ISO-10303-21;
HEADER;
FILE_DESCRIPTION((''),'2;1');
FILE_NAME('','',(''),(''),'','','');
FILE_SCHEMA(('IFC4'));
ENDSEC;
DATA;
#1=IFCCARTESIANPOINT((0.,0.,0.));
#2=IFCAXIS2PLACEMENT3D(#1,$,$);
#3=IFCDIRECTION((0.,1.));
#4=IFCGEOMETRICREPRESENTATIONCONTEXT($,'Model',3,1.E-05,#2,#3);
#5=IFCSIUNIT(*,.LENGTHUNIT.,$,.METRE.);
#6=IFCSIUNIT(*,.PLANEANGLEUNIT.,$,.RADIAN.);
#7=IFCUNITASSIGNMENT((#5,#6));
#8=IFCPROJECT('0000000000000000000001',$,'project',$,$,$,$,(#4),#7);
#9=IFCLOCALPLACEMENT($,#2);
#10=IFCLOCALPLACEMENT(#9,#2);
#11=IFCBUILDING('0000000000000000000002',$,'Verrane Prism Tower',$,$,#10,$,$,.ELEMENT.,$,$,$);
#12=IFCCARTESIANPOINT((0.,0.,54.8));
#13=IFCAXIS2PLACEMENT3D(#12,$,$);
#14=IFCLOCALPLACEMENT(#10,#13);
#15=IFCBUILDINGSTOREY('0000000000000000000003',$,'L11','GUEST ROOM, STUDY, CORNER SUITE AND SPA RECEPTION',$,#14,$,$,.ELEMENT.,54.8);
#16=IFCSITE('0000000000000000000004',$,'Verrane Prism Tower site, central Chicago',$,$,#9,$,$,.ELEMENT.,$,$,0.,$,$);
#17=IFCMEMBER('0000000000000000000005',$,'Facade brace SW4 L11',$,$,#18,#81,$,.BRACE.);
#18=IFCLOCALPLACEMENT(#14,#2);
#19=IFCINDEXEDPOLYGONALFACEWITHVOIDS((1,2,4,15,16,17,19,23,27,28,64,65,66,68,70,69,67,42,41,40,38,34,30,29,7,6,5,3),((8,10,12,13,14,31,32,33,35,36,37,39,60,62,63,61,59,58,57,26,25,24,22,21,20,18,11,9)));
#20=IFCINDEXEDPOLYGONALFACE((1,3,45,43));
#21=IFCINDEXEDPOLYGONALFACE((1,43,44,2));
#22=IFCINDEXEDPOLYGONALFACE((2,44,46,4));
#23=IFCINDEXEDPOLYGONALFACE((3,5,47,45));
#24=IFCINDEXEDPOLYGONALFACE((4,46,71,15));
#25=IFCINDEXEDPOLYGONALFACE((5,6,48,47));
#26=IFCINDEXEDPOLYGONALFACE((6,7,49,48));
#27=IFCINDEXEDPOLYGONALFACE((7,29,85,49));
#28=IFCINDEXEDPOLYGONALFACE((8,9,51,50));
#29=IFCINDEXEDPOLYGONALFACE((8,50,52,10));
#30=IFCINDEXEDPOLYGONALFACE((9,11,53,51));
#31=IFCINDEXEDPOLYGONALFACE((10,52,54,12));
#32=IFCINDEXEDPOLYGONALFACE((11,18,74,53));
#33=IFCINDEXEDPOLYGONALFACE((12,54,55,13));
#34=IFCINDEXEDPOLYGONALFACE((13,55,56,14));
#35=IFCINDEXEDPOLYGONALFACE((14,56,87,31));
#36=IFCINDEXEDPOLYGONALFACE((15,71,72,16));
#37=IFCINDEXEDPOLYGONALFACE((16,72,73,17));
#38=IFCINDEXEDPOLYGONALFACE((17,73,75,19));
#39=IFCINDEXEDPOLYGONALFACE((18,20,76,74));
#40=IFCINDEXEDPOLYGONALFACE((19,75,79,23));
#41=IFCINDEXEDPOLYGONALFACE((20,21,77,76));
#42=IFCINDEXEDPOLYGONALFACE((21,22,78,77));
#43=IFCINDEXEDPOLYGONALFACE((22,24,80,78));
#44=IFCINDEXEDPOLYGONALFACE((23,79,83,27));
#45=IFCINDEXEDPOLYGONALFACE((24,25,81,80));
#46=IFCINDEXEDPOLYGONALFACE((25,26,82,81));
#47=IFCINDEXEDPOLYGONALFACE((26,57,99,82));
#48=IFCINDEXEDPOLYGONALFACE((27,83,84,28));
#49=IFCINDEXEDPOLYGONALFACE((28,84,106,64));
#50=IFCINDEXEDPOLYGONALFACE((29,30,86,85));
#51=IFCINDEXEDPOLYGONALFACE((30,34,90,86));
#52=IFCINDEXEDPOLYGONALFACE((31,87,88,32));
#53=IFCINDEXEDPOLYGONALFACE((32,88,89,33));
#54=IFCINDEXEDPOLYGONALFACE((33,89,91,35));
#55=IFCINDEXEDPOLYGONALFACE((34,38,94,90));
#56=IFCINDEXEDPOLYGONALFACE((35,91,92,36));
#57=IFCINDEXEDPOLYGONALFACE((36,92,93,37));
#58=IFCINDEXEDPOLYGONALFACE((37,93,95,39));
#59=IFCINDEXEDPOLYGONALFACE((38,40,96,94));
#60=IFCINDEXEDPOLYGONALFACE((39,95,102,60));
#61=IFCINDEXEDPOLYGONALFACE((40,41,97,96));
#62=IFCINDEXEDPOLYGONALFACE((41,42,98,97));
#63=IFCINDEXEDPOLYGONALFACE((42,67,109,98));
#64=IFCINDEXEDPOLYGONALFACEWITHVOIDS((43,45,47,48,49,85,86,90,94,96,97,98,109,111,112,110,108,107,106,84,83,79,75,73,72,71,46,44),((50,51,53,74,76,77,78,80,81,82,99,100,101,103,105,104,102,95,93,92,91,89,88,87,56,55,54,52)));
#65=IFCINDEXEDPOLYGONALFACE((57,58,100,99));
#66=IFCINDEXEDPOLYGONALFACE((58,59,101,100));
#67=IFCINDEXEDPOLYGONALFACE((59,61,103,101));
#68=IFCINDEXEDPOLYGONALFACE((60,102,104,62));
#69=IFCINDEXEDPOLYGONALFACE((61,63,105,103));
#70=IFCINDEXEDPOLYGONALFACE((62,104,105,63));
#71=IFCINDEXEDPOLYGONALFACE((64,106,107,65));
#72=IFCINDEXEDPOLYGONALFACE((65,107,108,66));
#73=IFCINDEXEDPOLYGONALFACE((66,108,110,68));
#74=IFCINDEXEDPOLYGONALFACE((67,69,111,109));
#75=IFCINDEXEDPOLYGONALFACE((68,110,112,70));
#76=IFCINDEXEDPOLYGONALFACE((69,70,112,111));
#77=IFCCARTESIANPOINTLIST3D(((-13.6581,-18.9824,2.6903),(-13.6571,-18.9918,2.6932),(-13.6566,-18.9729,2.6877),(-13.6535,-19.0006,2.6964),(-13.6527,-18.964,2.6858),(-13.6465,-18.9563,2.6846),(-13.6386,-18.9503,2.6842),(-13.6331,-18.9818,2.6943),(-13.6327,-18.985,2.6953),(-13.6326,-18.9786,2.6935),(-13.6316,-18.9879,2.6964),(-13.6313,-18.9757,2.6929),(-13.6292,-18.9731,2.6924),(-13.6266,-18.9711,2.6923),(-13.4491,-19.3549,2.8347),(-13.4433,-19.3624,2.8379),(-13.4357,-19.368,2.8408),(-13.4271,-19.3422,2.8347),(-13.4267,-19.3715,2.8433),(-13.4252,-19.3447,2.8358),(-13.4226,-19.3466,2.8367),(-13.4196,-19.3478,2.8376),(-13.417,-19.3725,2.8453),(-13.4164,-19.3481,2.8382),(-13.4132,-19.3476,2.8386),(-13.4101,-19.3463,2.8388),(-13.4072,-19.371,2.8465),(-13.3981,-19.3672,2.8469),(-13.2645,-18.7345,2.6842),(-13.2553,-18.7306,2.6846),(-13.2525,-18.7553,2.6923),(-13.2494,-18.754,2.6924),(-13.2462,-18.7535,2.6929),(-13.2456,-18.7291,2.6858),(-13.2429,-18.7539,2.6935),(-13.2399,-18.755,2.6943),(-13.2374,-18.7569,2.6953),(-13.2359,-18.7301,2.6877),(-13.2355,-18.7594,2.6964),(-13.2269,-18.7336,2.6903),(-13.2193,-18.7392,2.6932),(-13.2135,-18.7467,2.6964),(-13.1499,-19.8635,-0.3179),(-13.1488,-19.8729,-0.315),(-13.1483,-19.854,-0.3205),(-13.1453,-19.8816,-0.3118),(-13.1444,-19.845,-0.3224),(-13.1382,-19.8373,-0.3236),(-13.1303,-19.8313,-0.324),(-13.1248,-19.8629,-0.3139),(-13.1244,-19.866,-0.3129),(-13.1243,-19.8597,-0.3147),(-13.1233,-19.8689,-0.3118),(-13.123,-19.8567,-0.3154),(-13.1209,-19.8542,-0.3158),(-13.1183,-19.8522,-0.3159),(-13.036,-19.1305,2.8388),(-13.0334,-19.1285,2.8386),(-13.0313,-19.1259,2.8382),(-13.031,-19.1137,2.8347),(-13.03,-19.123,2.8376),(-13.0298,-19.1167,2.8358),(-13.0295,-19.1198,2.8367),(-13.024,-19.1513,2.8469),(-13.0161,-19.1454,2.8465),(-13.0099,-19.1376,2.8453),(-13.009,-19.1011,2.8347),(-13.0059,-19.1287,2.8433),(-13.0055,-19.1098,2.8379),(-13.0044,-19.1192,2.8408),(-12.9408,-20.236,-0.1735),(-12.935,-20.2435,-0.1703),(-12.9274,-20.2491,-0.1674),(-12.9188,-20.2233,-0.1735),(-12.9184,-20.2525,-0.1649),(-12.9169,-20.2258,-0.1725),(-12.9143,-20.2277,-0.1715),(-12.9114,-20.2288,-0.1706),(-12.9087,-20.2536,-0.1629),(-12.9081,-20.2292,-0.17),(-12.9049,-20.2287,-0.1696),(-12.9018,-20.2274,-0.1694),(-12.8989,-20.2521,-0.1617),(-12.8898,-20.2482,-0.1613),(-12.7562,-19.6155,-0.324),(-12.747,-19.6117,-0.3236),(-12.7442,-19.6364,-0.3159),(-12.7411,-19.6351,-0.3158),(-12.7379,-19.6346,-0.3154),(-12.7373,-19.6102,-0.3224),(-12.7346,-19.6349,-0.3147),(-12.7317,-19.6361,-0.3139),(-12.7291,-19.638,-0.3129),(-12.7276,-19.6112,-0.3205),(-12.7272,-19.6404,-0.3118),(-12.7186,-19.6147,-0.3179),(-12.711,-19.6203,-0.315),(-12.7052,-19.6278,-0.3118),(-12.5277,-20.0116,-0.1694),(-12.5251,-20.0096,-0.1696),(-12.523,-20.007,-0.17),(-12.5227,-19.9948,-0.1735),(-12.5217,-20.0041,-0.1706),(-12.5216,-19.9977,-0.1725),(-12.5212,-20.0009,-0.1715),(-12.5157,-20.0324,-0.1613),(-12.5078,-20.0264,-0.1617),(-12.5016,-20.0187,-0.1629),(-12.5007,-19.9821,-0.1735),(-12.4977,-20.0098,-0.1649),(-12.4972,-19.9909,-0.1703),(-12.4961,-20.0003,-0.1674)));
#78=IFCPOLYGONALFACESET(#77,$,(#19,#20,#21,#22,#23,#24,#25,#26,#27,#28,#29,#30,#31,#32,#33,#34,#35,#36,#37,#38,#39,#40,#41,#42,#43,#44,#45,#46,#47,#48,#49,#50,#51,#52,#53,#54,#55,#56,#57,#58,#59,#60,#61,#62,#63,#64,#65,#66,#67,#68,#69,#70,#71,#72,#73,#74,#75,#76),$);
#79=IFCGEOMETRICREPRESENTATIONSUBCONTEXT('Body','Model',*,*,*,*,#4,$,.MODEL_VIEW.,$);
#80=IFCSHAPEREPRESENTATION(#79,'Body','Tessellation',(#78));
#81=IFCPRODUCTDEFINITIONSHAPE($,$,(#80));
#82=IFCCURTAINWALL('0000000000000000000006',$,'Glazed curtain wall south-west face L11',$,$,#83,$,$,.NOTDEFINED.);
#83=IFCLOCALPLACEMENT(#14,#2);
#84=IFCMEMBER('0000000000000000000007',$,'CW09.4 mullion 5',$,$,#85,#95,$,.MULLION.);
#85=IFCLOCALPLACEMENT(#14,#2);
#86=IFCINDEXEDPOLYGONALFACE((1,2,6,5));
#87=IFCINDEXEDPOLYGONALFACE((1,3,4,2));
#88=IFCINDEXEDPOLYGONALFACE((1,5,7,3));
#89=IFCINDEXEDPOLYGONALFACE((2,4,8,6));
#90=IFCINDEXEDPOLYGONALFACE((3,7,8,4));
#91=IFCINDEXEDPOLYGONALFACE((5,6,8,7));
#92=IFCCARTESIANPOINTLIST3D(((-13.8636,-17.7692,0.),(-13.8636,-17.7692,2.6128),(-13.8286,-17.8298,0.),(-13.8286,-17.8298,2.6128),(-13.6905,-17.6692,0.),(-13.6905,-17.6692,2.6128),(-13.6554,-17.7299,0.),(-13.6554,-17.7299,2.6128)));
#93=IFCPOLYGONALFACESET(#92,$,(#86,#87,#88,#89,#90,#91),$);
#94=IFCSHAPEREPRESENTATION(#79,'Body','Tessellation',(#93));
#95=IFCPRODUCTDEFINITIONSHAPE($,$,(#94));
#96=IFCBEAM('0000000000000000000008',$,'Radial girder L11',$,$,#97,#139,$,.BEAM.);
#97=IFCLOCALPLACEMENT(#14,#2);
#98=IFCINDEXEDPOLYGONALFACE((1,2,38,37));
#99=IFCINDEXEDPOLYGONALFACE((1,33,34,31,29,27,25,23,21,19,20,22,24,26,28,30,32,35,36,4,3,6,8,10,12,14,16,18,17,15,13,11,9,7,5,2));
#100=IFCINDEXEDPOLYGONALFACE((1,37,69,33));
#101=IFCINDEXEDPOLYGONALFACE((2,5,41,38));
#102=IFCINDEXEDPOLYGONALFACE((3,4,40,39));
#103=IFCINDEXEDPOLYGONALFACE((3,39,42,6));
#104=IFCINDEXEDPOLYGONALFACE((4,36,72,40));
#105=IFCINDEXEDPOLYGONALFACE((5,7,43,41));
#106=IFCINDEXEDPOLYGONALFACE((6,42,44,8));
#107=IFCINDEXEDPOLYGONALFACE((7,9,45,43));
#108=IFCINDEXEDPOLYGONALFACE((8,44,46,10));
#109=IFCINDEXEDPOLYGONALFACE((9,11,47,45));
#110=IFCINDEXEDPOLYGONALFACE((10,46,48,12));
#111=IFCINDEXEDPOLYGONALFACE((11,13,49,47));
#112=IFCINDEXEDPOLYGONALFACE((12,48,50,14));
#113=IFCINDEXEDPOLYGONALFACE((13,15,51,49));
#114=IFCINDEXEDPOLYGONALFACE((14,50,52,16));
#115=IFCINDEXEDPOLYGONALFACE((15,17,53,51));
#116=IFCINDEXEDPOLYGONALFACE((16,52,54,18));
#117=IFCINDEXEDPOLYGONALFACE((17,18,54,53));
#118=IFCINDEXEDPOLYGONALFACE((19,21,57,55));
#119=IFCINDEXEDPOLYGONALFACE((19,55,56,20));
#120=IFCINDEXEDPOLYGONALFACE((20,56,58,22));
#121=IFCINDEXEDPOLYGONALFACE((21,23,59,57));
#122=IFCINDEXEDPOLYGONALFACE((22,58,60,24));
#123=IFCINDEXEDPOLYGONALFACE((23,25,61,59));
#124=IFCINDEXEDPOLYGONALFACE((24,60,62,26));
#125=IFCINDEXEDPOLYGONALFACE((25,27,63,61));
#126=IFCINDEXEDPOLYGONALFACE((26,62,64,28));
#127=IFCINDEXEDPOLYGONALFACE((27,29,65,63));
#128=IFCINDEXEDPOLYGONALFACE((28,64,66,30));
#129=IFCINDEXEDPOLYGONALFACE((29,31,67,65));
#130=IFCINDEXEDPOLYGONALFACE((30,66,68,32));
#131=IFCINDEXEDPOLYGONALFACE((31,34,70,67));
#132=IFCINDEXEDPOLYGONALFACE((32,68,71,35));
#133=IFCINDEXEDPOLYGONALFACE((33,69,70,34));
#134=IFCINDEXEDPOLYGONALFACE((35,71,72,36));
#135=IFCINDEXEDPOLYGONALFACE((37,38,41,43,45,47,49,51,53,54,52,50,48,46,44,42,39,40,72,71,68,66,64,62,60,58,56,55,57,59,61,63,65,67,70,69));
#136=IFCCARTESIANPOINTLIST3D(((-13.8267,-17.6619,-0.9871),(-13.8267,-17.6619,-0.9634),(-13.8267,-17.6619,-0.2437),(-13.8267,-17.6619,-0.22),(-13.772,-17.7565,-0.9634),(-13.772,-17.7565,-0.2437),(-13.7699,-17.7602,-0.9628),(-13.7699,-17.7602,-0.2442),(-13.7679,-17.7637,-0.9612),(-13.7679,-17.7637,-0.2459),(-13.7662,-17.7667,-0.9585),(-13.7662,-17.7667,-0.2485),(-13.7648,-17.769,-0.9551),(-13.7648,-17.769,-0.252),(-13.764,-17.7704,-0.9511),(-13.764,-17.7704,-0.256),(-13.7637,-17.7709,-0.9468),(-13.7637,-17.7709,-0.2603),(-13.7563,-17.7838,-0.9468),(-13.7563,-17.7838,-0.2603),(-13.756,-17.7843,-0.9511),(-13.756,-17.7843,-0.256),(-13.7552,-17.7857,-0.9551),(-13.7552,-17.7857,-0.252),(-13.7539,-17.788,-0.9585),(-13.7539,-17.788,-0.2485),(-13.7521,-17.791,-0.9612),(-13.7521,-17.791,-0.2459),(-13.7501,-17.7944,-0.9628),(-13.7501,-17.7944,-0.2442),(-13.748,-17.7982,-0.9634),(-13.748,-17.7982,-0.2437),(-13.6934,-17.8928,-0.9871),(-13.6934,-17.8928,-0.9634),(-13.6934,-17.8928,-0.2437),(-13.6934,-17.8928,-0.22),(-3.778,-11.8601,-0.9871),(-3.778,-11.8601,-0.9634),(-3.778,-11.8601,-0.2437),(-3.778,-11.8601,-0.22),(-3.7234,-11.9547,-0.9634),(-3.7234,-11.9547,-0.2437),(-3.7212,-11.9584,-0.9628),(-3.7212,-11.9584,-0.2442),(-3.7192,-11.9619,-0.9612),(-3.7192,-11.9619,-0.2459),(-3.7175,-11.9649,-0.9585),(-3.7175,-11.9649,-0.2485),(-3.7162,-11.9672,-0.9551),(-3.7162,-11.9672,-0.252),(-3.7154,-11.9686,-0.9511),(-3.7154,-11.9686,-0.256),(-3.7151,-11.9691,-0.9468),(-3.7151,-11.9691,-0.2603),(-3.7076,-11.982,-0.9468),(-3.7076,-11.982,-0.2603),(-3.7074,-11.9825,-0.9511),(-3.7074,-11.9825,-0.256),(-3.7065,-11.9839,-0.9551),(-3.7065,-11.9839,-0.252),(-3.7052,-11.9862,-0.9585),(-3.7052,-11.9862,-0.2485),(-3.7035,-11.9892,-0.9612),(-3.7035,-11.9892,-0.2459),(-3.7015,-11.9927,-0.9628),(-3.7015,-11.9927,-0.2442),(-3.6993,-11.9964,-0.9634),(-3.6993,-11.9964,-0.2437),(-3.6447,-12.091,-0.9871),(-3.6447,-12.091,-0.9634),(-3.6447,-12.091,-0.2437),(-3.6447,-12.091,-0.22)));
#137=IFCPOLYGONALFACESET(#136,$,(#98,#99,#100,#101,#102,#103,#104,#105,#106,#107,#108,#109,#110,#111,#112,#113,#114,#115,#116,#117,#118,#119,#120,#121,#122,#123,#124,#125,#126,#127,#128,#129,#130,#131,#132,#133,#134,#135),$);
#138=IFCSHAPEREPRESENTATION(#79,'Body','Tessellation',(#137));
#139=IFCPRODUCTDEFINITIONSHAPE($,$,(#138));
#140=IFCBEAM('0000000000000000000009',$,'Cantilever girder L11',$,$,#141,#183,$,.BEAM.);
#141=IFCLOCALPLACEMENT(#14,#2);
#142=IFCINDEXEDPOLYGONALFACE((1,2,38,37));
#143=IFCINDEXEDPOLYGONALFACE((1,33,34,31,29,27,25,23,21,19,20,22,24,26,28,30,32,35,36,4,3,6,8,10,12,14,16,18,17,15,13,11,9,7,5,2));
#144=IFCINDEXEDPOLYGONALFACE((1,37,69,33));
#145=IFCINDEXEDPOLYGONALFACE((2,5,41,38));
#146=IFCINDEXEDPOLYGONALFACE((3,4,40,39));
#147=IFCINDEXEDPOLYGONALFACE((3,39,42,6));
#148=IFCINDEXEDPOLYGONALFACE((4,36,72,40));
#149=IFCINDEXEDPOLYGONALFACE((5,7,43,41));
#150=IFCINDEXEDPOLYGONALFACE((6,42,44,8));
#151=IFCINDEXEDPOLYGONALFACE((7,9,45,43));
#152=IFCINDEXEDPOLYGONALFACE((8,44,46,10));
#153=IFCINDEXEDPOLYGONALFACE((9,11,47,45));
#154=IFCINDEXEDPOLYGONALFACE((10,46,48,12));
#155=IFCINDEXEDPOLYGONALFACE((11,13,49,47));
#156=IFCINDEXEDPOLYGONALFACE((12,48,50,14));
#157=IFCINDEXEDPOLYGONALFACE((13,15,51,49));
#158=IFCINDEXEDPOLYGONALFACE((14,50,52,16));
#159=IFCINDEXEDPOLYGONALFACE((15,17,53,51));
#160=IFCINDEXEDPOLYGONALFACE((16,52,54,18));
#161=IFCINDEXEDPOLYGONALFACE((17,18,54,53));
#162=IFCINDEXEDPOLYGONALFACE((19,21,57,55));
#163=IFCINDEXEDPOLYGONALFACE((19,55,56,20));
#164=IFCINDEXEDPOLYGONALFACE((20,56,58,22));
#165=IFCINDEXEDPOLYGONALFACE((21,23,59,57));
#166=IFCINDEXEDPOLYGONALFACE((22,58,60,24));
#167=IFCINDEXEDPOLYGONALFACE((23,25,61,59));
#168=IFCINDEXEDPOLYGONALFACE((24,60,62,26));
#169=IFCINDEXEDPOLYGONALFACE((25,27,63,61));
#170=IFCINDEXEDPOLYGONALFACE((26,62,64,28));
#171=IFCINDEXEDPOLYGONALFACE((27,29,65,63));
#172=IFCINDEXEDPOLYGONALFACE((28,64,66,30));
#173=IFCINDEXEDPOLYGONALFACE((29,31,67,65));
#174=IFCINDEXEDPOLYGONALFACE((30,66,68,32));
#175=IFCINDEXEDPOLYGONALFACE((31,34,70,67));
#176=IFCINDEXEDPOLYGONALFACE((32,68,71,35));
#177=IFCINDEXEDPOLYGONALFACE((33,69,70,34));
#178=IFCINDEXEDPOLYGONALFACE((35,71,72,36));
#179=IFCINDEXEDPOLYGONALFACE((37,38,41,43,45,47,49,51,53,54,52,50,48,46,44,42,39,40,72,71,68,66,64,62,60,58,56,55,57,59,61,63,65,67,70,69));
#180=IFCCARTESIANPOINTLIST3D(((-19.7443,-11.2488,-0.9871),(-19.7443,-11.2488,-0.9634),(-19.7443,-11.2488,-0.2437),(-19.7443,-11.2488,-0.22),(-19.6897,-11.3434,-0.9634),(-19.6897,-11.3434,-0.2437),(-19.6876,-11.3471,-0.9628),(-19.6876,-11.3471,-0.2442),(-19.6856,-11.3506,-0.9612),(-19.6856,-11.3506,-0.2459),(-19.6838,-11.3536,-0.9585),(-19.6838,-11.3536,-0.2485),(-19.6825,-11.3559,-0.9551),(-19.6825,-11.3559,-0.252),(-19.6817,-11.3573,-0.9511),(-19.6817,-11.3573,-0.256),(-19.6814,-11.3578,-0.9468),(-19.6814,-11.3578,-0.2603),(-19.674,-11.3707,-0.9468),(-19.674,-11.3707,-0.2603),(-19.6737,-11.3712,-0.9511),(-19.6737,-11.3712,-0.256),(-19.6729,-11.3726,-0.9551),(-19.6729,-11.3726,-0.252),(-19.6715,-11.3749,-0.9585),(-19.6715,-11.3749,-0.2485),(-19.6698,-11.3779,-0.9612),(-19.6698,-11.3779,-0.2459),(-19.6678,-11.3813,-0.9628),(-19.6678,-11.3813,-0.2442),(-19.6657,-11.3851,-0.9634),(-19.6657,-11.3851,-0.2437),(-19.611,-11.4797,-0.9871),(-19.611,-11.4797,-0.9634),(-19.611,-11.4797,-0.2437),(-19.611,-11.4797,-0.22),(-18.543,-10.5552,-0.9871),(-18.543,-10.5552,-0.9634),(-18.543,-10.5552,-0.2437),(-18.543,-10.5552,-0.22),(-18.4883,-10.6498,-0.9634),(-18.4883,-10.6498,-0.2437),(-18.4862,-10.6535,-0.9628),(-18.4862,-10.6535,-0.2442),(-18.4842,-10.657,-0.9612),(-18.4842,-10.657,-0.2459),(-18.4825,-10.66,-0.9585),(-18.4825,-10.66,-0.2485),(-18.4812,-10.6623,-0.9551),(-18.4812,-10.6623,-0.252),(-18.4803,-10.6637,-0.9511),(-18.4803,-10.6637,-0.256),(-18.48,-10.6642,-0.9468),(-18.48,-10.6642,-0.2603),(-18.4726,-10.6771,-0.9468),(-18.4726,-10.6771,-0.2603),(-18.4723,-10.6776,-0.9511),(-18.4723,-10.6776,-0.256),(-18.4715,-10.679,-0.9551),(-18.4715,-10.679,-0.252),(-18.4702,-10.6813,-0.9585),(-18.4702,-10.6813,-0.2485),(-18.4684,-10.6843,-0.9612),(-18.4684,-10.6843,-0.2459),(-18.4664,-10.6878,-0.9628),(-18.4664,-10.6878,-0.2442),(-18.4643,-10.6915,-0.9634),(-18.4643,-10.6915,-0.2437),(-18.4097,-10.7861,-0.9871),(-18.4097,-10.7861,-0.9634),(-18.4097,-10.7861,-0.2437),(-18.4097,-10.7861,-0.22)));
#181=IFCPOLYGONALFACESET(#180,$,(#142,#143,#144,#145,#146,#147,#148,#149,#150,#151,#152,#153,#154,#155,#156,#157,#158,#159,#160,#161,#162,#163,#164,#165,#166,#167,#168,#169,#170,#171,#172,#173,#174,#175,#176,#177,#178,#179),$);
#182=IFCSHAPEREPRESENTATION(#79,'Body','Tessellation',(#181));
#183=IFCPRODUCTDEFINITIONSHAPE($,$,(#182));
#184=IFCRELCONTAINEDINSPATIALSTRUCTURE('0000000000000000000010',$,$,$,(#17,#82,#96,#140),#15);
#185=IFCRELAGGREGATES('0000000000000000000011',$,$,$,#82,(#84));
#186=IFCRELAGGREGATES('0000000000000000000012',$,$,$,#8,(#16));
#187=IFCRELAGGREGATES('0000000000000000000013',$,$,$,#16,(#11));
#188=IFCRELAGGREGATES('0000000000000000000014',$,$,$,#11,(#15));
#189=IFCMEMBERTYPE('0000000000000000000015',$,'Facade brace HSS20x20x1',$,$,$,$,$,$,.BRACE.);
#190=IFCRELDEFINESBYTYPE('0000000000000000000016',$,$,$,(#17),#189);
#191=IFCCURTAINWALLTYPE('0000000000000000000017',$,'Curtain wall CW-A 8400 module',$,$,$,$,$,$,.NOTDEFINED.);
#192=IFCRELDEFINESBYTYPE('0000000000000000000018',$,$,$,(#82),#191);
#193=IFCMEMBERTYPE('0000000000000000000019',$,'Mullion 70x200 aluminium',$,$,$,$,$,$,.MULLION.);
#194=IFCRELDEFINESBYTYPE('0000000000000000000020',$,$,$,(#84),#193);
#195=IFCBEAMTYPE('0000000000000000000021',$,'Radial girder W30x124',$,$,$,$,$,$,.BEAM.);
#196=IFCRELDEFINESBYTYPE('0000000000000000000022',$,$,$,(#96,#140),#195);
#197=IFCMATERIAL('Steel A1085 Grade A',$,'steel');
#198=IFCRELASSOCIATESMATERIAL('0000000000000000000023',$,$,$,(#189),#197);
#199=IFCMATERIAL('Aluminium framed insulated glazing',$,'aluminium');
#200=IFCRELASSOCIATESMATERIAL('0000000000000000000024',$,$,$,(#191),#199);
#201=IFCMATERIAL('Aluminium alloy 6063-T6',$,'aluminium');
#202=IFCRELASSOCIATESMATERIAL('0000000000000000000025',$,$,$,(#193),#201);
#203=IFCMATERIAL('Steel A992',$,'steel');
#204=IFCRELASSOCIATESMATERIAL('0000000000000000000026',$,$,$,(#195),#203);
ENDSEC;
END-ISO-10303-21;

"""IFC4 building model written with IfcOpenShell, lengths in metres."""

from ifc_helpers import new_model, si_unit, direction, frame, origin, origin_2d, place, context, subcontext, project, spatial, rectangle, hollow_rectangle, i_section, extrude, material, material_profile, profile_set, type_object, element, aggregate, save


model = new_model("IFC4")

# Units and contexts
model_context = context("Model", 3, precision=1e-05, world=origin(), true_north=direction((0.0, 1.0)))
body_context = subcontext(model_context, "Body", "Model", "MODEL_VIEW")
ifc_project = project(units=[si_unit("LENGTHUNIT", "METRE"), si_unit("PLANEANGLEUNIT", "RADIAN")], contexts=[model_context])

# Site, building, storey
site_placement = place(None, origin())
site = spatial("IfcSite", under=ifc_project, at=site_placement, Name="Verrane Prism Tower site, central Chicago", CompositionType="ELEMENT", RefElevation=0.0)
building_placement = place(site_placement, origin())
building = spatial("IfcBuilding", under=site, at=building_placement, Name="Verrane Prism Tower", CompositionType="ELEMENT")
storey_placement = place(building_placement, frame((0.0, 0.0, 54.8)))
storey = spatial("IfcBuildingStorey", under=building, at=storey_placement, Name="L11", Description="GUEST ROOM, STUDY, CORNER SUITE AND SPA RECEPTION", CompositionType="ELEMENT", Elevation=54.8)

# Member
ifc_material_1 = material(Name="Steel A1085 Grade A", Category="steel")
ifc_material_profile_1 = material_profile(ifc_material_1, hollow_rectangle(XDim=0.5081, YDim=0.5081, WallThickness=0.0254, InnerFilletRadius=0.0127, OuterFilletRadius=0.0381, at=origin_2d()), Name="HSS20x20x1")
ifc_profile_set_1 = profile_set([ifc_material_profile_1], Name="Steel A1085 Grade A")
member_type_1 = type_object("IfcMemberType", Name="Facade brace HSS20x20x1", PredefinedType="BRACE", material=ifc_profile_set_1)
member_1_placement = place(storey_placement, frame((-12.823, -19.9319, -0.2427), z_axis=(-0.160063, 0.277458, 0.94731), x_axis=(-0.866198, -0.499702, 0.0)))
element("IfcMember", 1, at=member_1_placement, inside=storey, type_object=member_type_1, Name="Facade brace SW4 L11", PredefinedType="BRACE", context=body_context, shape_type="SweptSolid", body=[
    extrude(hollow_rectangle(XDim=0.5081, YDim=0.5081, WallThickness=0.0254, InnerFilletRadius=0.0127, OuterFilletRadius=0.0381, at=origin_2d()), origin(), (0.0, 0.0, 1.0), 3.1755),
])

# Curtain wall, member
ifc_material_2 = material(Name="Aluminium framed insulated glazing", Category="aluminium")
curtain_wall_type = type_object("IfcCurtainWallType", Name="Curtain wall CW-A 8400 module", PredefinedType="NOTDEFINED", material=ifc_material_2)
curtain_wall_placement = place(storey_placement, origin())
curtain_wall = element("IfcCurtainWall", 2, at=curtain_wall_placement, inside=storey, type_object=curtain_wall_type, Name="Glazed curtain wall south-west face L11", PredefinedType="NOTDEFINED")
ifc_material_3 = material(Name="Aluminium alloy 6063-T6", Category="aluminium")
ifc_material_profile_2 = material_profile(ifc_material_3, rectangle(XDim=0.2, YDim=0.0701, at=origin_2d()), Name="Mullion 70x200 aluminium")
ifc_profile_set_2 = profile_set([ifc_material_profile_2], Name="Aluminium alloy 6063-T6")
member_type_2 = type_object("IfcMemberType", Name="Mullion 70x200 aluminium", PredefinedType="MULLION", material=ifc_profile_set_2)
member_2_placement = place(storey_placement, frame((-13.7595, -17.7495, 0.0), z_axis=(0.0, 0.0, 1.0), x_axis=(0.866026, 0.499999, 0.0)))
member_2 = element("IfcMember", 3, at=member_2_placement, type_object=member_type_2, Name="CW09.4 mullion 5", PredefinedType="MULLION", context=body_context, shape_type="SweptSolid", body=[
    extrude(rectangle(XDim=0.2, YDim=0.0701, at=origin_2d()), origin(), (0.0, 0.0, 1.0), 2.6128),
])

# Beams
ifc_material_4 = material(Name="Steel A992", Category="steel")
ifc_material_profile_3 = material_profile(ifc_material_4, i_section(OverallWidth=0.2666, OverallDepth=0.7671, WebThickness=0.0149, FlangeThickness=0.0237, FilletRadius=0.0166, at=origin_2d()), Name="W30x124")
ifc_profile_set_3 = profile_set([ifc_material_profile_3], Name="Steel A992")
beam_type_1 = type_object("IfcBeamType", Name="Radial girder W30x124", PredefinedType="BEAM", material=ifc_profile_set_3)
beam_1_placement = place(storey_placement, frame((-13.76, -17.7773, -0.6035), z_axis=(0.866018, 0.500013, 0.0), x_axis=(-0.500013, 0.866018, 0.0)))
element("IfcBeam", 4, at=beam_1_placement, inside=storey, type_object=beam_type_1, Name="Radial girder L11", PredefinedType="BEAM", context=body_context, shape_type="SweptSolid", body=[
    extrude(i_section(OverallWidth=0.2666, OverallDepth=0.7671, WebThickness=0.0149, FlangeThickness=0.0237, FilletRadius=0.0166, at=origin_2d()), origin(), (0.0, 0.0, 1.0), 11.6033),
])
beam_2_placement = place(storey_placement, frame((-18.4763, -10.6707, -0.6035), z_axis=(-0.866036, -0.499981, 0.0), x_axis=(0.499981, -0.866036, 0.0)))
element("IfcBeam", 5, at=beam_2_placement, inside=storey, type_object=beam_type_1, Name="Cantilever girder L11", PredefinedType="BEAM", context=body_context, shape_type="SweptSolid", body=[
    extrude(i_section(OverallWidth=0.2666, OverallDepth=0.7671, WebThickness=0.0149, FlangeThickness=0.0237, FilletRadius=0.0166, at=origin_2d()), origin(), (0.0, 0.0, 1.0), 1.3872),
])

aggregate(curtain_wall, [member_2])

save(model, "model.ifc")
